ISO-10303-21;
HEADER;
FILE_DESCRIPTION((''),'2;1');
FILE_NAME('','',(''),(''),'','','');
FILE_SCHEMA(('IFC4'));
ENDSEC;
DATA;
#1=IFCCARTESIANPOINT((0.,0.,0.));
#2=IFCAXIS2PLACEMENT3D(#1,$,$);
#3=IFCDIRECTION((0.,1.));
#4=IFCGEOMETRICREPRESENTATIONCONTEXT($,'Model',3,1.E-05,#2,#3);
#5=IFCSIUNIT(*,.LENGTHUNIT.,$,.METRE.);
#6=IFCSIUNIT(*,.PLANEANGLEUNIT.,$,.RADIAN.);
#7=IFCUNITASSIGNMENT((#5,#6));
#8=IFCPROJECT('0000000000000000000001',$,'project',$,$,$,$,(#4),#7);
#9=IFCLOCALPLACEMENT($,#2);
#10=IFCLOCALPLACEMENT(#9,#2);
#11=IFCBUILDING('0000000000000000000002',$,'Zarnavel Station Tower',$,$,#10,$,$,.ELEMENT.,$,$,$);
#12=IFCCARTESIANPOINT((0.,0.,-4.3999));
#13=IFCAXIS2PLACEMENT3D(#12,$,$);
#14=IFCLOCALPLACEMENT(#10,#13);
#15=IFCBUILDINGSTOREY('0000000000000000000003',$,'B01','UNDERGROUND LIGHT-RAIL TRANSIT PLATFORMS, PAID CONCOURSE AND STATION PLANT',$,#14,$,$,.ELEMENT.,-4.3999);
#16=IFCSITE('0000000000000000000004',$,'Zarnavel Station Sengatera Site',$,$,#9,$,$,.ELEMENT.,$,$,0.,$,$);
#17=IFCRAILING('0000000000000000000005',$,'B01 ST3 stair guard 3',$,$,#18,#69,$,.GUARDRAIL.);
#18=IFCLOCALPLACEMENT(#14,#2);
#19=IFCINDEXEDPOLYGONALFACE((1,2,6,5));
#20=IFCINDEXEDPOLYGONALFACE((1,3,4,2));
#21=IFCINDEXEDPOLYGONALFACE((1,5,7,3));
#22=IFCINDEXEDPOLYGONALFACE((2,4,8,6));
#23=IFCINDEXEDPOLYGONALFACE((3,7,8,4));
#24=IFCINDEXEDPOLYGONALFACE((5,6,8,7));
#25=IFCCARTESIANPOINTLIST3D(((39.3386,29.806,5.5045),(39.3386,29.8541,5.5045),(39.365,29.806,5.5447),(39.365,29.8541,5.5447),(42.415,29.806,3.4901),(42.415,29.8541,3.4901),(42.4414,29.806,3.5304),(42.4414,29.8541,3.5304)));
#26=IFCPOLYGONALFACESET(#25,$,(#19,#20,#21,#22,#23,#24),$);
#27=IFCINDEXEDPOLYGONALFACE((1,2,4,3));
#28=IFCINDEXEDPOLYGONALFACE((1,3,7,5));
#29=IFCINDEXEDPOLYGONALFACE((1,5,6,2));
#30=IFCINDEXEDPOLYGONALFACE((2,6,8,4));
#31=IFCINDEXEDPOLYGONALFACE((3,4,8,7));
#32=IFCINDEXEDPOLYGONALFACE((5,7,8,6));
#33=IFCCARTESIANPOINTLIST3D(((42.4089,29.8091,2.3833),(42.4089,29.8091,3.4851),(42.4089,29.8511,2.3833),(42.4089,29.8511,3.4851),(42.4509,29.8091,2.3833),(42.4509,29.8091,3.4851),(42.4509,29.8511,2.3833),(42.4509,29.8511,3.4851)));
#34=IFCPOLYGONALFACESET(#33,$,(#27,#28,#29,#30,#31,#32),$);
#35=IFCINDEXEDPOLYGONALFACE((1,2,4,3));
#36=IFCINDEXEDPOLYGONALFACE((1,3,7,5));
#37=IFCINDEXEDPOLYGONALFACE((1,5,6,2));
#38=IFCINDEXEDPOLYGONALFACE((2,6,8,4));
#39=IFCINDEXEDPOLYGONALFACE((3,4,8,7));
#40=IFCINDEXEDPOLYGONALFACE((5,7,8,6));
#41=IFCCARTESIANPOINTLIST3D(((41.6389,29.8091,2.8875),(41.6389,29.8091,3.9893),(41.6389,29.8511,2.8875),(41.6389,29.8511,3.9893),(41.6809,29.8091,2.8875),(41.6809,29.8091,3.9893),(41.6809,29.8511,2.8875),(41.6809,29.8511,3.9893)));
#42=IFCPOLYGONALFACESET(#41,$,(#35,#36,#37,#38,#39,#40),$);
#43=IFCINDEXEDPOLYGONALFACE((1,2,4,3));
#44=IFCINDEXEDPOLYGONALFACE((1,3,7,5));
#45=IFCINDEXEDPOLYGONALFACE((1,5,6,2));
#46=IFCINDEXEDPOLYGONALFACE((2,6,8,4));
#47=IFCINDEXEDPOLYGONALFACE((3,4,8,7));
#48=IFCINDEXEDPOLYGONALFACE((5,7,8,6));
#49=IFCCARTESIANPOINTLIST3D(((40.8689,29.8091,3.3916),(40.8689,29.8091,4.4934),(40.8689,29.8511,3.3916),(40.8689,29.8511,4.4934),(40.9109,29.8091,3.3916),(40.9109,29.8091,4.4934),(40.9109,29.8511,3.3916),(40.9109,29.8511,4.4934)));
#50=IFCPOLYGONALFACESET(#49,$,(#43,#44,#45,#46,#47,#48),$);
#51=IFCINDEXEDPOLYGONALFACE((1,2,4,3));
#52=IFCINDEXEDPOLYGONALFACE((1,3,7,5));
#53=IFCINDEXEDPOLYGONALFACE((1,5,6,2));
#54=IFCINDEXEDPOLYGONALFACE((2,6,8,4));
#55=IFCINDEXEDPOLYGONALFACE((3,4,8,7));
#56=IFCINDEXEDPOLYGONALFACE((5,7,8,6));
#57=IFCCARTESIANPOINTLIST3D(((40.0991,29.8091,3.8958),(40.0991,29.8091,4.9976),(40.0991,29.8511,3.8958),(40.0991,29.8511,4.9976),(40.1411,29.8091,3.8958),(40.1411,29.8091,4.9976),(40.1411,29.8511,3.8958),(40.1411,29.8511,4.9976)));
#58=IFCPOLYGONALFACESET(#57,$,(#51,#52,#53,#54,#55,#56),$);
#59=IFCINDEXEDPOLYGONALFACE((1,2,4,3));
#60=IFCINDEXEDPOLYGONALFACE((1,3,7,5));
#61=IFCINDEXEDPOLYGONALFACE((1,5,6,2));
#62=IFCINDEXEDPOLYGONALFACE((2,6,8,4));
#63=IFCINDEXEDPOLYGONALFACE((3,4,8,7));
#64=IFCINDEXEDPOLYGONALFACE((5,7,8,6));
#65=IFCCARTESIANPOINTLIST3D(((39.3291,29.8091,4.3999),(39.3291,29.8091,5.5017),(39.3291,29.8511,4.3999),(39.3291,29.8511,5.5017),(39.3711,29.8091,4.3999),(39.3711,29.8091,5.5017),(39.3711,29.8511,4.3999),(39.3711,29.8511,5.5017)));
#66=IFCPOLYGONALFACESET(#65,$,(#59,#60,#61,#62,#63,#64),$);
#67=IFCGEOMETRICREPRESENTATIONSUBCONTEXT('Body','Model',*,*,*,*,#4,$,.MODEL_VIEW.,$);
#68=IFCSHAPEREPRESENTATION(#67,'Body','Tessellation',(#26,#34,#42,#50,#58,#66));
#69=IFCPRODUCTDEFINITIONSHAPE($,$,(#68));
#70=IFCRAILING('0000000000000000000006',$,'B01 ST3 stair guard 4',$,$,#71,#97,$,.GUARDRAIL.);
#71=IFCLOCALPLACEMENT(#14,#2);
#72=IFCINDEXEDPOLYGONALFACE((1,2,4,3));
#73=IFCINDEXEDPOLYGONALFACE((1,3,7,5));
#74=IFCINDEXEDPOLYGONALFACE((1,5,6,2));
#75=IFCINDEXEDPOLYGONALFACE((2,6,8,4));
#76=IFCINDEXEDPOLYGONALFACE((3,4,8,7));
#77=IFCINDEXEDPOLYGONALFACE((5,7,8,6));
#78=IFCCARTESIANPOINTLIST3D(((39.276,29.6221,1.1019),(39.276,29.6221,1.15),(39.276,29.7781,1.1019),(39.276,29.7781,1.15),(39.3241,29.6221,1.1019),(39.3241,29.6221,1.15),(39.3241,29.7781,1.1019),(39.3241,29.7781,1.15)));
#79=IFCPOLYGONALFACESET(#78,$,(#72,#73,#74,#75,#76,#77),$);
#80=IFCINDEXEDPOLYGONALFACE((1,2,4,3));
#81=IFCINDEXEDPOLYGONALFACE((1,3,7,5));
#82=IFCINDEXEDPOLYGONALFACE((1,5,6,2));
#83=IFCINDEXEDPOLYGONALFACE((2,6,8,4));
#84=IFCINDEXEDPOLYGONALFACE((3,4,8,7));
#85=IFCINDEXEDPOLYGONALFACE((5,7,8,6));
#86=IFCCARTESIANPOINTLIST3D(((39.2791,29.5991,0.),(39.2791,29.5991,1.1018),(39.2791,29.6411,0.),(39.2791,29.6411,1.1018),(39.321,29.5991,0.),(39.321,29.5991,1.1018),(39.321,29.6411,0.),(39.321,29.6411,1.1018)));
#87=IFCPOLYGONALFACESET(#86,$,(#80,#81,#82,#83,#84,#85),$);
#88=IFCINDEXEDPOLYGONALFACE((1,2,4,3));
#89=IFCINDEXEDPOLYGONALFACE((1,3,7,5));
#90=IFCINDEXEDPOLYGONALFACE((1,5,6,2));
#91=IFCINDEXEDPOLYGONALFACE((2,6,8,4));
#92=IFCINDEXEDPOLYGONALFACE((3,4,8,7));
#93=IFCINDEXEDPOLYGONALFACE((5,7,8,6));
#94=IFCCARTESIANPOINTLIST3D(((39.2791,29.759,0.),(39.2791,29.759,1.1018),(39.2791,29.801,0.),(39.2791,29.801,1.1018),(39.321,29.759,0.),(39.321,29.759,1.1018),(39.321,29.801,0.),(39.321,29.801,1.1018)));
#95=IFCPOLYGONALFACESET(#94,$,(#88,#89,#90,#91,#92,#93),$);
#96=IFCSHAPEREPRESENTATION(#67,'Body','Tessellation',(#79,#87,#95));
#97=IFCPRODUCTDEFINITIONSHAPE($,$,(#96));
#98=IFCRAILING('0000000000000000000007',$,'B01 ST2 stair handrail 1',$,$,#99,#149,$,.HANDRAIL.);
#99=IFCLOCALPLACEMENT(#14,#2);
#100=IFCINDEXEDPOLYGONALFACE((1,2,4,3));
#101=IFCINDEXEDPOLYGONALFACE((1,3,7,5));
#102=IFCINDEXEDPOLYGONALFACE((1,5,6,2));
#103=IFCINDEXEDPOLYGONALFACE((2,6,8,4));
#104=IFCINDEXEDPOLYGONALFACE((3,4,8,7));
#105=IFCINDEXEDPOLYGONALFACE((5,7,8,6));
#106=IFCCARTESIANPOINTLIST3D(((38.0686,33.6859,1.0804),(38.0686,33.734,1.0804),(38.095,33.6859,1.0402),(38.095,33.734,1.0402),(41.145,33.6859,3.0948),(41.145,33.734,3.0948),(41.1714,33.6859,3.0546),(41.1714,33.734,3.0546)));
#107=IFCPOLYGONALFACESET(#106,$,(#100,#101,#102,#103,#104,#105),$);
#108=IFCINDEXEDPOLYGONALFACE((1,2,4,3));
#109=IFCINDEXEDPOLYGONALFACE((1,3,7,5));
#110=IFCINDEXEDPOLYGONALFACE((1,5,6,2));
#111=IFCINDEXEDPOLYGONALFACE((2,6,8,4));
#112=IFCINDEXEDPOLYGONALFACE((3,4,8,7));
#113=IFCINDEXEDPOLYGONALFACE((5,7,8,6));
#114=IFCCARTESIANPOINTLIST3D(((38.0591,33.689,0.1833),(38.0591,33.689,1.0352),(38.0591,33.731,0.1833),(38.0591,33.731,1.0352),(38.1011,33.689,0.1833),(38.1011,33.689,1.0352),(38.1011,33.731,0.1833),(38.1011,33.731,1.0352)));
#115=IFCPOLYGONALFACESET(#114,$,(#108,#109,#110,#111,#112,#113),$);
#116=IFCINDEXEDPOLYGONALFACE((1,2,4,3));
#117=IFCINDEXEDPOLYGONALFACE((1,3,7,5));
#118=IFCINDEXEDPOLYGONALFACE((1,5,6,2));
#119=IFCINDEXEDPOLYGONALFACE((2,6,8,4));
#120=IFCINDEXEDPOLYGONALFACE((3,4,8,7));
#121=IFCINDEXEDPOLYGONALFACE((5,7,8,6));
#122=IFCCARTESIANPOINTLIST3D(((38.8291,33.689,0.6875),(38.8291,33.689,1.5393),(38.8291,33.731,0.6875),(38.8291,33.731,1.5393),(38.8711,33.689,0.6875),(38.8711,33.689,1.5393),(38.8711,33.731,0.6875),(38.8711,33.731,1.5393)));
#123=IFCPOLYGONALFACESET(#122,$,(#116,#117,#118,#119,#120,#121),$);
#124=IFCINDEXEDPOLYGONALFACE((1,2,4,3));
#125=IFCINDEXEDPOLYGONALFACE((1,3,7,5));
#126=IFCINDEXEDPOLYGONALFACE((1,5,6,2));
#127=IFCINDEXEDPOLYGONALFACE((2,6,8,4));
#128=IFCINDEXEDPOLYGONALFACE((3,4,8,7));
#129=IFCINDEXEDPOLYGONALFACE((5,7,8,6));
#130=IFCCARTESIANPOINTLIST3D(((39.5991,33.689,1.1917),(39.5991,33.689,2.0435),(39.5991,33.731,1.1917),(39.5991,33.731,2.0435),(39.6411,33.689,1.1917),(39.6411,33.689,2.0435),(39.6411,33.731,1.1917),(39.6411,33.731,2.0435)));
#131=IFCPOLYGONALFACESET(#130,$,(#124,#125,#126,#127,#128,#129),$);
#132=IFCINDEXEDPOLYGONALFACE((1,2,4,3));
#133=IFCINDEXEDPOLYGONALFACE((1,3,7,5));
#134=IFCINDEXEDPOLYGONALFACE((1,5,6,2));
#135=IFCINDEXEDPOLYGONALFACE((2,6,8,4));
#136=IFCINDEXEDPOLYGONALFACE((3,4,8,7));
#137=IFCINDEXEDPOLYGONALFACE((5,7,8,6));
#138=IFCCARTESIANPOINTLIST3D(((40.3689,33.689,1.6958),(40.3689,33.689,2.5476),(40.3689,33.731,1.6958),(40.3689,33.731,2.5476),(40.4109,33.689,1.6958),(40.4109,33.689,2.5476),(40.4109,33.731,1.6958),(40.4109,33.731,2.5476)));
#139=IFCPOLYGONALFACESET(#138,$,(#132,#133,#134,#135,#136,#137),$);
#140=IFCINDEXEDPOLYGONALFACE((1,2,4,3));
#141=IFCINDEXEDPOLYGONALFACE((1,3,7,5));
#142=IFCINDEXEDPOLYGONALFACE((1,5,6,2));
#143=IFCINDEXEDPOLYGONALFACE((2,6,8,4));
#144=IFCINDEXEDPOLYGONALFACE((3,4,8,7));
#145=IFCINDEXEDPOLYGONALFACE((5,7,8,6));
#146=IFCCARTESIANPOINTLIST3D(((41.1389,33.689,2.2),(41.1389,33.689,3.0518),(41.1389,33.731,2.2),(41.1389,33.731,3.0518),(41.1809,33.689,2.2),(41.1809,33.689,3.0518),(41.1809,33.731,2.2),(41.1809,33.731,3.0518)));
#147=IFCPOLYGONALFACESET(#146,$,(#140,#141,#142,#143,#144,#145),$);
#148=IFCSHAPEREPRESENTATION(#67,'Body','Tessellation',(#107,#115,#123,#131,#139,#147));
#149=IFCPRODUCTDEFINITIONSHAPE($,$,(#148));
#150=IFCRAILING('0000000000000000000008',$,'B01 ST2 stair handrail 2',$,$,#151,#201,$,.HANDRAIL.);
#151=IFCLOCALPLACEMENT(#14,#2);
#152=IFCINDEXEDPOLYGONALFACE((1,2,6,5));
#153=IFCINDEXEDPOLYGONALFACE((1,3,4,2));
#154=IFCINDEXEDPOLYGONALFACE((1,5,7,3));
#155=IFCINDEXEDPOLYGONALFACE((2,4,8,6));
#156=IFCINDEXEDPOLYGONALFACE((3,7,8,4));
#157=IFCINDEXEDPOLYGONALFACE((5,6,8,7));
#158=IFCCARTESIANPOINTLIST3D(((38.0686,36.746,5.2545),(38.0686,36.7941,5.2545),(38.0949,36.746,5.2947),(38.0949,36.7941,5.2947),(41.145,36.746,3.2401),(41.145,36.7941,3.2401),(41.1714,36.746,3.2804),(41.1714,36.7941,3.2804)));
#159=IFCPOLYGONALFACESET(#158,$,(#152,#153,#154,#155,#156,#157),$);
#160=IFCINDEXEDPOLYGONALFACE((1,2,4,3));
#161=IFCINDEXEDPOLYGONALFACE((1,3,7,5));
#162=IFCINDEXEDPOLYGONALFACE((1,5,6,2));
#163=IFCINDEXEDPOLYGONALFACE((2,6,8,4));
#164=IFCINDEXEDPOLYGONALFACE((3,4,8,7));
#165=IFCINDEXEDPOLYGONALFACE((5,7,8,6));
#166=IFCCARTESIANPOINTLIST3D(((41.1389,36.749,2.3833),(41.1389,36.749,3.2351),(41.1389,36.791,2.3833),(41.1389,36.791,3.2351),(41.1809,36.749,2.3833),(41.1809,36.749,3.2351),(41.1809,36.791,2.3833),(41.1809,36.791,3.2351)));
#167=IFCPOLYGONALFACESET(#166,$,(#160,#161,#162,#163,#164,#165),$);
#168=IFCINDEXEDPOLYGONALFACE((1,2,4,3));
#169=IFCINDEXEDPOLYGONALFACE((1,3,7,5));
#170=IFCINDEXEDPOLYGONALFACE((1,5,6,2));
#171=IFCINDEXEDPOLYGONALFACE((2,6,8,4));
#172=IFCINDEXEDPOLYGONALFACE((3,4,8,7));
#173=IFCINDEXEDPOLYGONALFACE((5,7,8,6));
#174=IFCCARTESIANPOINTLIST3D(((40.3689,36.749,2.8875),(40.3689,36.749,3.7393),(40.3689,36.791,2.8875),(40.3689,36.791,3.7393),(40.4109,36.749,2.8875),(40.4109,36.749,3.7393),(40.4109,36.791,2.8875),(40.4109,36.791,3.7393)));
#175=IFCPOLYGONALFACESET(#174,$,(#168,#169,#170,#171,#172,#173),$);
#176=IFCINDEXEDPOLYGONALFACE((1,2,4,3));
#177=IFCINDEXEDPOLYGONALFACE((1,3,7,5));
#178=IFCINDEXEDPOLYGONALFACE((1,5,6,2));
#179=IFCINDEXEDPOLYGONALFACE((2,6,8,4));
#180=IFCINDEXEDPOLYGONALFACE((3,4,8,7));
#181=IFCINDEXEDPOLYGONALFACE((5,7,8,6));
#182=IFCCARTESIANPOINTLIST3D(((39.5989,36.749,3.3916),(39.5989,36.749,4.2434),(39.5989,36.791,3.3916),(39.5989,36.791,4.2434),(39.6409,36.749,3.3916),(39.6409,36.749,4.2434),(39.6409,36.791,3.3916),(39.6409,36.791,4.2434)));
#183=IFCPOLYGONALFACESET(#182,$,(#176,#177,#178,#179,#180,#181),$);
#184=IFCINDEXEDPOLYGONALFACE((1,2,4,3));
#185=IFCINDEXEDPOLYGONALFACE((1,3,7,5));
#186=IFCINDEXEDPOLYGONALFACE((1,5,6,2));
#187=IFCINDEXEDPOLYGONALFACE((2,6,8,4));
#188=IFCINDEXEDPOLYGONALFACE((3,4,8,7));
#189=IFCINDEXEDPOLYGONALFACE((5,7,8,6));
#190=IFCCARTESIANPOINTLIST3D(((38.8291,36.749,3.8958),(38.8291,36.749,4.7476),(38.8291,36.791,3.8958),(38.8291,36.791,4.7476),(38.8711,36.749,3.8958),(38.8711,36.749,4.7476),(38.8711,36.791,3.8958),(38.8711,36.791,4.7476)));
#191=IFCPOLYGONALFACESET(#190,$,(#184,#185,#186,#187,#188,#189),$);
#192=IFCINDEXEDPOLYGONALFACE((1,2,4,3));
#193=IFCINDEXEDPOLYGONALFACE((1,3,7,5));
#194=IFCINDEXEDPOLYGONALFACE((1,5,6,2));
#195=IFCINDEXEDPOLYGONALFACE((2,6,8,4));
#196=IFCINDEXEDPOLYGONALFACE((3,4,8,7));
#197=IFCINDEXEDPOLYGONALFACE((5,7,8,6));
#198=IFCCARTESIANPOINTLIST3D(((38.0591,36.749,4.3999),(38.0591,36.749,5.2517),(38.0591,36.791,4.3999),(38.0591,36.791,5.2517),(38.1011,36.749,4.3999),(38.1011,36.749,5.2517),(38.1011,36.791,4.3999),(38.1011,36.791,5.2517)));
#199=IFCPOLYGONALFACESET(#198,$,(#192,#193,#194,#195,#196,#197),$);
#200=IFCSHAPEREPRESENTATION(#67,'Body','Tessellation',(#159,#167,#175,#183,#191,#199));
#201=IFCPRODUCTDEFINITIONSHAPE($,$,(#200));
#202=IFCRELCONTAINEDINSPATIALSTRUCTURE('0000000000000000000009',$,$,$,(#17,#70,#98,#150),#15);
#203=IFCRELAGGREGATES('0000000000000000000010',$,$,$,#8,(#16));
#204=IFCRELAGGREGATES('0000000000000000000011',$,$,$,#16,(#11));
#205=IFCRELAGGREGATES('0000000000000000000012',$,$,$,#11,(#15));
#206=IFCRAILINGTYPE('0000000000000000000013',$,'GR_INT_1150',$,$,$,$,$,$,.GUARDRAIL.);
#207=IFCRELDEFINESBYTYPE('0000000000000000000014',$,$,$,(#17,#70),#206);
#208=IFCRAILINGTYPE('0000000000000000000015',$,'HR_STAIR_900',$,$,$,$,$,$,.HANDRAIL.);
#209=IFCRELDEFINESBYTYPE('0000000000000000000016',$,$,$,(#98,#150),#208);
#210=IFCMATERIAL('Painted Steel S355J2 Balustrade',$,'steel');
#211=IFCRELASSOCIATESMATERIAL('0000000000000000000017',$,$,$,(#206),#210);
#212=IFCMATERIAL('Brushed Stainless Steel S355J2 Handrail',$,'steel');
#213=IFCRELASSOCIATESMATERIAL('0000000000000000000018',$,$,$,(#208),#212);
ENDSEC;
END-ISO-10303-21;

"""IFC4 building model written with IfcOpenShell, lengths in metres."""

from ifc_helpers import new_model, si_unit, direction, frame, origin, origin_2d, place, context, subcontext, project, spatial, rectangle, extrude, material, type_object, element, save


model = new_model("IFC4")

# Units and contexts
model_context = context("Model", 3, precision=1e-05, world=origin(), true_north=direction((0.0, 1.0)))
body_context = subcontext(model_context, "Body", "Model", "MODEL_VIEW")
ifc_project = project(units=[si_unit("LENGTHUNIT", "METRE"), si_unit("PLANEANGLEUNIT", "RADIAN")], contexts=[model_context])

# Site, building, storey
site_placement = place(None, origin())
site = spatial("IfcSite", under=ifc_project, at=site_placement, Name="Zarnavel Station Sengatera Site", CompositionType="ELEMENT", RefElevation=0.0)
building_placement = place(site_placement, origin())
building = spatial("IfcBuilding", under=site, at=building_placement, Name="Zarnavel Station Tower", CompositionType="ELEMENT")
storey_placement = place(building_placement, frame((0.0, 0.0, -4.3999)))
storey = spatial("IfcBuildingStorey", under=building, at=storey_placement, Name="B01", Description="UNDERGROUND LIGHT-RAIL TRANSIT PLATFORMS, PAID CONCOURSE AND STATION PLANT", CompositionType="ELEMENT", Elevation=-4.3999)

# Railings
ifc_material_1 = material(Name="Painted Steel S355J2 Balustrade", Category="steel")
railing_type_1 = type_object("IfcRailingType", Name="GR_INT_1150", PredefinedType="GUARDRAIL", material=ifc_material_1)
railing_1_placement = place(storey_placement, frame((42.4299, 29.8301, 2.3833)))
element("IfcRailing", 1, at=railing_1_placement, inside=storey, type_object=railing_type_1, Name="B01 ST3 stair guard 3", PredefinedType="GUARDRAIL", context=body_context, shape_type="SweptSolid", body=[
    extrude(rectangle(XDim=0.0481, YDim=0.0481, at=origin_2d()), frame((-0.0017, 0.0, 1.127), z_axis=(-0.836613, 0.0, 0.547794), x_axis=(0.0, -1.0, 0.0)), (0.0, 0.0, 1.0), 3.6772),
    extrude(rectangle(XDim=0.042, YDim=0.042, at=origin_2d()), origin(), (0.0, 0.0, 1.0), 1.1018),
    extrude(rectangle(XDim=0.042, YDim=0.042, at=origin_2d()), frame((-0.77, 0.0, 0.5042)), (0.0, 0.0, 1.0), 1.1018),
    extrude(rectangle(XDim=0.042, YDim=0.042, at=origin_2d()), frame((-1.54, 0.0, 1.0083)), (0.0, 0.0, 1.0), 1.1018),
    extrude(rectangle(XDim=0.042, YDim=0.042, at=origin_2d()), frame((-2.3098, 0.0, 1.5125)), (0.0, 0.0, 1.0), 1.1018),
    extrude(rectangle(XDim=0.042, YDim=0.042, at=origin_2d()), frame((-3.0798, 0.0, 2.0166)), (0.0, 0.0, 1.0), 1.1018),
])
railing_2_placement = place(storey_placement, frame((39.3, 29.6201, 0.0)))
element("IfcRailing", 2, at=railing_2_placement, inside=storey, type_object=railing_type_1, Name="B01 ST3 stair guard 4", PredefinedType="GUARDRAIL", context=body_context, shape_type="SweptSolid", body=[
    extrude(rectangle(XDim=0.0481, YDim=0.0481, at=origin_2d()), frame((0.0, 0.002, 1.126), z_axis=(0.0, 1.0, 0.0), x_axis=(-1.0, 0.0, 0.0)), (0.0, 0.0, 1.0), 0.156),
    extrude(rectangle(XDim=0.042, YDim=0.042, at=origin_2d()), origin(), (0.0, 0.0, 1.0), 1.1018),
    extrude(rectangle(XDim=0.042, YDim=0.042, at=origin_2d()), frame((0.0, 0.1599, 0.0)), (0.0, 0.0, 1.0), 1.1018),
])
ifc_material_2 = material(Name="Brushed Stainless Steel S355J2 Handrail", Category="steel")
railing_type_2 = type_object("IfcRailingType", Name="HR_STAIR_900", PredefinedType="HANDRAIL", material=ifc_material_2)
railing_3_placement = place(storey_placement, frame((38.0801, 33.71, 0.1833)))
element("IfcRailing", 3, at=railing_3_placement, inside=storey, type_object=railing_type_2, Name="B01 ST2 stair handrail 1", PredefinedType="HANDRAIL", context=body_context, shape_type="SweptSolid", body=[
    extrude(rectangle(XDim=0.0481, YDim=0.0481, at=origin_2d()), frame((0.0017, 0.0, 0.877), z_axis=(0.836613, 0.0, 0.547794), x_axis=(0.0, 1.0, 0.0)), (0.0, 0.0, 1.0), 3.6772),
    extrude(rectangle(XDim=0.042, YDim=0.042, at=origin_2d()), origin(), (0.0, 0.0, 1.0), 0.8518),
    extrude(rectangle(XDim=0.042, YDim=0.042, at=origin_2d()), frame((0.77, 0.0, 0.5042)), (0.0, 0.0, 1.0), 0.8518),
    extrude(rectangle(XDim=0.042, YDim=0.042, at=origin_2d()), frame((1.54, 0.0, 1.0083)), (0.0, 0.0, 1.0), 0.8518),
    extrude(rectangle(XDim=0.042, YDim=0.042, at=origin_2d()), frame((2.3098, 0.0, 1.5125)), (0.0, 0.0, 1.0), 0.8518),
    extrude(rectangle(XDim=0.042, YDim=0.042, at=origin_2d()), frame((3.0798, 0.0, 2.0166)), (0.0, 0.0, 1.0), 0.8518),
])
railing_4_placement = place(storey_placement, frame((41.1599, 36.77, 2.3833)))
element("IfcRailing", 4, at=railing_4_placement, inside=storey, type_object=railing_type_2, Name="B01 ST2 stair handrail 2", PredefinedType="HANDRAIL", context=body_context, shape_type="SweptSolid", body=[
    extrude(rectangle(XDim=0.0481, YDim=0.0481, at=origin_2d()), frame((-0.0017, 0.0, 0.877), z_axis=(-0.836613, 0.0, 0.547794), x_axis=(0.0, -1.0, 0.0)), (0.0, 0.0, 1.0), 3.6772),
    extrude(rectangle(XDim=0.042, YDim=0.042, at=origin_2d()), origin(), (0.0, 0.0, 1.0), 0.8518),
    extrude(rectangle(XDim=0.042, YDim=0.042, at=origin_2d()), frame((-0.77, 0.0, 0.5042)), (0.0, 0.0, 1.0), 0.8518),
    extrude(rectangle(XDim=0.042, YDim=0.042, at=origin_2d()), frame((-1.54, 0.0, 1.0083)), (0.0, 0.0, 1.0), 0.8518),
    extrude(rectangle(XDim=0.042, YDim=0.042, at=origin_2d()), frame((-2.3098, 0.0, 1.5125)), (0.0, 0.0, 1.0), 0.8518),
    extrude(rectangle(XDim=0.042, YDim=0.042, at=origin_2d()), frame((-3.0798, 0.0, 2.0166)), (0.0, 0.0, 1.0), 0.8518),
])

save(model, "model.ifc")
